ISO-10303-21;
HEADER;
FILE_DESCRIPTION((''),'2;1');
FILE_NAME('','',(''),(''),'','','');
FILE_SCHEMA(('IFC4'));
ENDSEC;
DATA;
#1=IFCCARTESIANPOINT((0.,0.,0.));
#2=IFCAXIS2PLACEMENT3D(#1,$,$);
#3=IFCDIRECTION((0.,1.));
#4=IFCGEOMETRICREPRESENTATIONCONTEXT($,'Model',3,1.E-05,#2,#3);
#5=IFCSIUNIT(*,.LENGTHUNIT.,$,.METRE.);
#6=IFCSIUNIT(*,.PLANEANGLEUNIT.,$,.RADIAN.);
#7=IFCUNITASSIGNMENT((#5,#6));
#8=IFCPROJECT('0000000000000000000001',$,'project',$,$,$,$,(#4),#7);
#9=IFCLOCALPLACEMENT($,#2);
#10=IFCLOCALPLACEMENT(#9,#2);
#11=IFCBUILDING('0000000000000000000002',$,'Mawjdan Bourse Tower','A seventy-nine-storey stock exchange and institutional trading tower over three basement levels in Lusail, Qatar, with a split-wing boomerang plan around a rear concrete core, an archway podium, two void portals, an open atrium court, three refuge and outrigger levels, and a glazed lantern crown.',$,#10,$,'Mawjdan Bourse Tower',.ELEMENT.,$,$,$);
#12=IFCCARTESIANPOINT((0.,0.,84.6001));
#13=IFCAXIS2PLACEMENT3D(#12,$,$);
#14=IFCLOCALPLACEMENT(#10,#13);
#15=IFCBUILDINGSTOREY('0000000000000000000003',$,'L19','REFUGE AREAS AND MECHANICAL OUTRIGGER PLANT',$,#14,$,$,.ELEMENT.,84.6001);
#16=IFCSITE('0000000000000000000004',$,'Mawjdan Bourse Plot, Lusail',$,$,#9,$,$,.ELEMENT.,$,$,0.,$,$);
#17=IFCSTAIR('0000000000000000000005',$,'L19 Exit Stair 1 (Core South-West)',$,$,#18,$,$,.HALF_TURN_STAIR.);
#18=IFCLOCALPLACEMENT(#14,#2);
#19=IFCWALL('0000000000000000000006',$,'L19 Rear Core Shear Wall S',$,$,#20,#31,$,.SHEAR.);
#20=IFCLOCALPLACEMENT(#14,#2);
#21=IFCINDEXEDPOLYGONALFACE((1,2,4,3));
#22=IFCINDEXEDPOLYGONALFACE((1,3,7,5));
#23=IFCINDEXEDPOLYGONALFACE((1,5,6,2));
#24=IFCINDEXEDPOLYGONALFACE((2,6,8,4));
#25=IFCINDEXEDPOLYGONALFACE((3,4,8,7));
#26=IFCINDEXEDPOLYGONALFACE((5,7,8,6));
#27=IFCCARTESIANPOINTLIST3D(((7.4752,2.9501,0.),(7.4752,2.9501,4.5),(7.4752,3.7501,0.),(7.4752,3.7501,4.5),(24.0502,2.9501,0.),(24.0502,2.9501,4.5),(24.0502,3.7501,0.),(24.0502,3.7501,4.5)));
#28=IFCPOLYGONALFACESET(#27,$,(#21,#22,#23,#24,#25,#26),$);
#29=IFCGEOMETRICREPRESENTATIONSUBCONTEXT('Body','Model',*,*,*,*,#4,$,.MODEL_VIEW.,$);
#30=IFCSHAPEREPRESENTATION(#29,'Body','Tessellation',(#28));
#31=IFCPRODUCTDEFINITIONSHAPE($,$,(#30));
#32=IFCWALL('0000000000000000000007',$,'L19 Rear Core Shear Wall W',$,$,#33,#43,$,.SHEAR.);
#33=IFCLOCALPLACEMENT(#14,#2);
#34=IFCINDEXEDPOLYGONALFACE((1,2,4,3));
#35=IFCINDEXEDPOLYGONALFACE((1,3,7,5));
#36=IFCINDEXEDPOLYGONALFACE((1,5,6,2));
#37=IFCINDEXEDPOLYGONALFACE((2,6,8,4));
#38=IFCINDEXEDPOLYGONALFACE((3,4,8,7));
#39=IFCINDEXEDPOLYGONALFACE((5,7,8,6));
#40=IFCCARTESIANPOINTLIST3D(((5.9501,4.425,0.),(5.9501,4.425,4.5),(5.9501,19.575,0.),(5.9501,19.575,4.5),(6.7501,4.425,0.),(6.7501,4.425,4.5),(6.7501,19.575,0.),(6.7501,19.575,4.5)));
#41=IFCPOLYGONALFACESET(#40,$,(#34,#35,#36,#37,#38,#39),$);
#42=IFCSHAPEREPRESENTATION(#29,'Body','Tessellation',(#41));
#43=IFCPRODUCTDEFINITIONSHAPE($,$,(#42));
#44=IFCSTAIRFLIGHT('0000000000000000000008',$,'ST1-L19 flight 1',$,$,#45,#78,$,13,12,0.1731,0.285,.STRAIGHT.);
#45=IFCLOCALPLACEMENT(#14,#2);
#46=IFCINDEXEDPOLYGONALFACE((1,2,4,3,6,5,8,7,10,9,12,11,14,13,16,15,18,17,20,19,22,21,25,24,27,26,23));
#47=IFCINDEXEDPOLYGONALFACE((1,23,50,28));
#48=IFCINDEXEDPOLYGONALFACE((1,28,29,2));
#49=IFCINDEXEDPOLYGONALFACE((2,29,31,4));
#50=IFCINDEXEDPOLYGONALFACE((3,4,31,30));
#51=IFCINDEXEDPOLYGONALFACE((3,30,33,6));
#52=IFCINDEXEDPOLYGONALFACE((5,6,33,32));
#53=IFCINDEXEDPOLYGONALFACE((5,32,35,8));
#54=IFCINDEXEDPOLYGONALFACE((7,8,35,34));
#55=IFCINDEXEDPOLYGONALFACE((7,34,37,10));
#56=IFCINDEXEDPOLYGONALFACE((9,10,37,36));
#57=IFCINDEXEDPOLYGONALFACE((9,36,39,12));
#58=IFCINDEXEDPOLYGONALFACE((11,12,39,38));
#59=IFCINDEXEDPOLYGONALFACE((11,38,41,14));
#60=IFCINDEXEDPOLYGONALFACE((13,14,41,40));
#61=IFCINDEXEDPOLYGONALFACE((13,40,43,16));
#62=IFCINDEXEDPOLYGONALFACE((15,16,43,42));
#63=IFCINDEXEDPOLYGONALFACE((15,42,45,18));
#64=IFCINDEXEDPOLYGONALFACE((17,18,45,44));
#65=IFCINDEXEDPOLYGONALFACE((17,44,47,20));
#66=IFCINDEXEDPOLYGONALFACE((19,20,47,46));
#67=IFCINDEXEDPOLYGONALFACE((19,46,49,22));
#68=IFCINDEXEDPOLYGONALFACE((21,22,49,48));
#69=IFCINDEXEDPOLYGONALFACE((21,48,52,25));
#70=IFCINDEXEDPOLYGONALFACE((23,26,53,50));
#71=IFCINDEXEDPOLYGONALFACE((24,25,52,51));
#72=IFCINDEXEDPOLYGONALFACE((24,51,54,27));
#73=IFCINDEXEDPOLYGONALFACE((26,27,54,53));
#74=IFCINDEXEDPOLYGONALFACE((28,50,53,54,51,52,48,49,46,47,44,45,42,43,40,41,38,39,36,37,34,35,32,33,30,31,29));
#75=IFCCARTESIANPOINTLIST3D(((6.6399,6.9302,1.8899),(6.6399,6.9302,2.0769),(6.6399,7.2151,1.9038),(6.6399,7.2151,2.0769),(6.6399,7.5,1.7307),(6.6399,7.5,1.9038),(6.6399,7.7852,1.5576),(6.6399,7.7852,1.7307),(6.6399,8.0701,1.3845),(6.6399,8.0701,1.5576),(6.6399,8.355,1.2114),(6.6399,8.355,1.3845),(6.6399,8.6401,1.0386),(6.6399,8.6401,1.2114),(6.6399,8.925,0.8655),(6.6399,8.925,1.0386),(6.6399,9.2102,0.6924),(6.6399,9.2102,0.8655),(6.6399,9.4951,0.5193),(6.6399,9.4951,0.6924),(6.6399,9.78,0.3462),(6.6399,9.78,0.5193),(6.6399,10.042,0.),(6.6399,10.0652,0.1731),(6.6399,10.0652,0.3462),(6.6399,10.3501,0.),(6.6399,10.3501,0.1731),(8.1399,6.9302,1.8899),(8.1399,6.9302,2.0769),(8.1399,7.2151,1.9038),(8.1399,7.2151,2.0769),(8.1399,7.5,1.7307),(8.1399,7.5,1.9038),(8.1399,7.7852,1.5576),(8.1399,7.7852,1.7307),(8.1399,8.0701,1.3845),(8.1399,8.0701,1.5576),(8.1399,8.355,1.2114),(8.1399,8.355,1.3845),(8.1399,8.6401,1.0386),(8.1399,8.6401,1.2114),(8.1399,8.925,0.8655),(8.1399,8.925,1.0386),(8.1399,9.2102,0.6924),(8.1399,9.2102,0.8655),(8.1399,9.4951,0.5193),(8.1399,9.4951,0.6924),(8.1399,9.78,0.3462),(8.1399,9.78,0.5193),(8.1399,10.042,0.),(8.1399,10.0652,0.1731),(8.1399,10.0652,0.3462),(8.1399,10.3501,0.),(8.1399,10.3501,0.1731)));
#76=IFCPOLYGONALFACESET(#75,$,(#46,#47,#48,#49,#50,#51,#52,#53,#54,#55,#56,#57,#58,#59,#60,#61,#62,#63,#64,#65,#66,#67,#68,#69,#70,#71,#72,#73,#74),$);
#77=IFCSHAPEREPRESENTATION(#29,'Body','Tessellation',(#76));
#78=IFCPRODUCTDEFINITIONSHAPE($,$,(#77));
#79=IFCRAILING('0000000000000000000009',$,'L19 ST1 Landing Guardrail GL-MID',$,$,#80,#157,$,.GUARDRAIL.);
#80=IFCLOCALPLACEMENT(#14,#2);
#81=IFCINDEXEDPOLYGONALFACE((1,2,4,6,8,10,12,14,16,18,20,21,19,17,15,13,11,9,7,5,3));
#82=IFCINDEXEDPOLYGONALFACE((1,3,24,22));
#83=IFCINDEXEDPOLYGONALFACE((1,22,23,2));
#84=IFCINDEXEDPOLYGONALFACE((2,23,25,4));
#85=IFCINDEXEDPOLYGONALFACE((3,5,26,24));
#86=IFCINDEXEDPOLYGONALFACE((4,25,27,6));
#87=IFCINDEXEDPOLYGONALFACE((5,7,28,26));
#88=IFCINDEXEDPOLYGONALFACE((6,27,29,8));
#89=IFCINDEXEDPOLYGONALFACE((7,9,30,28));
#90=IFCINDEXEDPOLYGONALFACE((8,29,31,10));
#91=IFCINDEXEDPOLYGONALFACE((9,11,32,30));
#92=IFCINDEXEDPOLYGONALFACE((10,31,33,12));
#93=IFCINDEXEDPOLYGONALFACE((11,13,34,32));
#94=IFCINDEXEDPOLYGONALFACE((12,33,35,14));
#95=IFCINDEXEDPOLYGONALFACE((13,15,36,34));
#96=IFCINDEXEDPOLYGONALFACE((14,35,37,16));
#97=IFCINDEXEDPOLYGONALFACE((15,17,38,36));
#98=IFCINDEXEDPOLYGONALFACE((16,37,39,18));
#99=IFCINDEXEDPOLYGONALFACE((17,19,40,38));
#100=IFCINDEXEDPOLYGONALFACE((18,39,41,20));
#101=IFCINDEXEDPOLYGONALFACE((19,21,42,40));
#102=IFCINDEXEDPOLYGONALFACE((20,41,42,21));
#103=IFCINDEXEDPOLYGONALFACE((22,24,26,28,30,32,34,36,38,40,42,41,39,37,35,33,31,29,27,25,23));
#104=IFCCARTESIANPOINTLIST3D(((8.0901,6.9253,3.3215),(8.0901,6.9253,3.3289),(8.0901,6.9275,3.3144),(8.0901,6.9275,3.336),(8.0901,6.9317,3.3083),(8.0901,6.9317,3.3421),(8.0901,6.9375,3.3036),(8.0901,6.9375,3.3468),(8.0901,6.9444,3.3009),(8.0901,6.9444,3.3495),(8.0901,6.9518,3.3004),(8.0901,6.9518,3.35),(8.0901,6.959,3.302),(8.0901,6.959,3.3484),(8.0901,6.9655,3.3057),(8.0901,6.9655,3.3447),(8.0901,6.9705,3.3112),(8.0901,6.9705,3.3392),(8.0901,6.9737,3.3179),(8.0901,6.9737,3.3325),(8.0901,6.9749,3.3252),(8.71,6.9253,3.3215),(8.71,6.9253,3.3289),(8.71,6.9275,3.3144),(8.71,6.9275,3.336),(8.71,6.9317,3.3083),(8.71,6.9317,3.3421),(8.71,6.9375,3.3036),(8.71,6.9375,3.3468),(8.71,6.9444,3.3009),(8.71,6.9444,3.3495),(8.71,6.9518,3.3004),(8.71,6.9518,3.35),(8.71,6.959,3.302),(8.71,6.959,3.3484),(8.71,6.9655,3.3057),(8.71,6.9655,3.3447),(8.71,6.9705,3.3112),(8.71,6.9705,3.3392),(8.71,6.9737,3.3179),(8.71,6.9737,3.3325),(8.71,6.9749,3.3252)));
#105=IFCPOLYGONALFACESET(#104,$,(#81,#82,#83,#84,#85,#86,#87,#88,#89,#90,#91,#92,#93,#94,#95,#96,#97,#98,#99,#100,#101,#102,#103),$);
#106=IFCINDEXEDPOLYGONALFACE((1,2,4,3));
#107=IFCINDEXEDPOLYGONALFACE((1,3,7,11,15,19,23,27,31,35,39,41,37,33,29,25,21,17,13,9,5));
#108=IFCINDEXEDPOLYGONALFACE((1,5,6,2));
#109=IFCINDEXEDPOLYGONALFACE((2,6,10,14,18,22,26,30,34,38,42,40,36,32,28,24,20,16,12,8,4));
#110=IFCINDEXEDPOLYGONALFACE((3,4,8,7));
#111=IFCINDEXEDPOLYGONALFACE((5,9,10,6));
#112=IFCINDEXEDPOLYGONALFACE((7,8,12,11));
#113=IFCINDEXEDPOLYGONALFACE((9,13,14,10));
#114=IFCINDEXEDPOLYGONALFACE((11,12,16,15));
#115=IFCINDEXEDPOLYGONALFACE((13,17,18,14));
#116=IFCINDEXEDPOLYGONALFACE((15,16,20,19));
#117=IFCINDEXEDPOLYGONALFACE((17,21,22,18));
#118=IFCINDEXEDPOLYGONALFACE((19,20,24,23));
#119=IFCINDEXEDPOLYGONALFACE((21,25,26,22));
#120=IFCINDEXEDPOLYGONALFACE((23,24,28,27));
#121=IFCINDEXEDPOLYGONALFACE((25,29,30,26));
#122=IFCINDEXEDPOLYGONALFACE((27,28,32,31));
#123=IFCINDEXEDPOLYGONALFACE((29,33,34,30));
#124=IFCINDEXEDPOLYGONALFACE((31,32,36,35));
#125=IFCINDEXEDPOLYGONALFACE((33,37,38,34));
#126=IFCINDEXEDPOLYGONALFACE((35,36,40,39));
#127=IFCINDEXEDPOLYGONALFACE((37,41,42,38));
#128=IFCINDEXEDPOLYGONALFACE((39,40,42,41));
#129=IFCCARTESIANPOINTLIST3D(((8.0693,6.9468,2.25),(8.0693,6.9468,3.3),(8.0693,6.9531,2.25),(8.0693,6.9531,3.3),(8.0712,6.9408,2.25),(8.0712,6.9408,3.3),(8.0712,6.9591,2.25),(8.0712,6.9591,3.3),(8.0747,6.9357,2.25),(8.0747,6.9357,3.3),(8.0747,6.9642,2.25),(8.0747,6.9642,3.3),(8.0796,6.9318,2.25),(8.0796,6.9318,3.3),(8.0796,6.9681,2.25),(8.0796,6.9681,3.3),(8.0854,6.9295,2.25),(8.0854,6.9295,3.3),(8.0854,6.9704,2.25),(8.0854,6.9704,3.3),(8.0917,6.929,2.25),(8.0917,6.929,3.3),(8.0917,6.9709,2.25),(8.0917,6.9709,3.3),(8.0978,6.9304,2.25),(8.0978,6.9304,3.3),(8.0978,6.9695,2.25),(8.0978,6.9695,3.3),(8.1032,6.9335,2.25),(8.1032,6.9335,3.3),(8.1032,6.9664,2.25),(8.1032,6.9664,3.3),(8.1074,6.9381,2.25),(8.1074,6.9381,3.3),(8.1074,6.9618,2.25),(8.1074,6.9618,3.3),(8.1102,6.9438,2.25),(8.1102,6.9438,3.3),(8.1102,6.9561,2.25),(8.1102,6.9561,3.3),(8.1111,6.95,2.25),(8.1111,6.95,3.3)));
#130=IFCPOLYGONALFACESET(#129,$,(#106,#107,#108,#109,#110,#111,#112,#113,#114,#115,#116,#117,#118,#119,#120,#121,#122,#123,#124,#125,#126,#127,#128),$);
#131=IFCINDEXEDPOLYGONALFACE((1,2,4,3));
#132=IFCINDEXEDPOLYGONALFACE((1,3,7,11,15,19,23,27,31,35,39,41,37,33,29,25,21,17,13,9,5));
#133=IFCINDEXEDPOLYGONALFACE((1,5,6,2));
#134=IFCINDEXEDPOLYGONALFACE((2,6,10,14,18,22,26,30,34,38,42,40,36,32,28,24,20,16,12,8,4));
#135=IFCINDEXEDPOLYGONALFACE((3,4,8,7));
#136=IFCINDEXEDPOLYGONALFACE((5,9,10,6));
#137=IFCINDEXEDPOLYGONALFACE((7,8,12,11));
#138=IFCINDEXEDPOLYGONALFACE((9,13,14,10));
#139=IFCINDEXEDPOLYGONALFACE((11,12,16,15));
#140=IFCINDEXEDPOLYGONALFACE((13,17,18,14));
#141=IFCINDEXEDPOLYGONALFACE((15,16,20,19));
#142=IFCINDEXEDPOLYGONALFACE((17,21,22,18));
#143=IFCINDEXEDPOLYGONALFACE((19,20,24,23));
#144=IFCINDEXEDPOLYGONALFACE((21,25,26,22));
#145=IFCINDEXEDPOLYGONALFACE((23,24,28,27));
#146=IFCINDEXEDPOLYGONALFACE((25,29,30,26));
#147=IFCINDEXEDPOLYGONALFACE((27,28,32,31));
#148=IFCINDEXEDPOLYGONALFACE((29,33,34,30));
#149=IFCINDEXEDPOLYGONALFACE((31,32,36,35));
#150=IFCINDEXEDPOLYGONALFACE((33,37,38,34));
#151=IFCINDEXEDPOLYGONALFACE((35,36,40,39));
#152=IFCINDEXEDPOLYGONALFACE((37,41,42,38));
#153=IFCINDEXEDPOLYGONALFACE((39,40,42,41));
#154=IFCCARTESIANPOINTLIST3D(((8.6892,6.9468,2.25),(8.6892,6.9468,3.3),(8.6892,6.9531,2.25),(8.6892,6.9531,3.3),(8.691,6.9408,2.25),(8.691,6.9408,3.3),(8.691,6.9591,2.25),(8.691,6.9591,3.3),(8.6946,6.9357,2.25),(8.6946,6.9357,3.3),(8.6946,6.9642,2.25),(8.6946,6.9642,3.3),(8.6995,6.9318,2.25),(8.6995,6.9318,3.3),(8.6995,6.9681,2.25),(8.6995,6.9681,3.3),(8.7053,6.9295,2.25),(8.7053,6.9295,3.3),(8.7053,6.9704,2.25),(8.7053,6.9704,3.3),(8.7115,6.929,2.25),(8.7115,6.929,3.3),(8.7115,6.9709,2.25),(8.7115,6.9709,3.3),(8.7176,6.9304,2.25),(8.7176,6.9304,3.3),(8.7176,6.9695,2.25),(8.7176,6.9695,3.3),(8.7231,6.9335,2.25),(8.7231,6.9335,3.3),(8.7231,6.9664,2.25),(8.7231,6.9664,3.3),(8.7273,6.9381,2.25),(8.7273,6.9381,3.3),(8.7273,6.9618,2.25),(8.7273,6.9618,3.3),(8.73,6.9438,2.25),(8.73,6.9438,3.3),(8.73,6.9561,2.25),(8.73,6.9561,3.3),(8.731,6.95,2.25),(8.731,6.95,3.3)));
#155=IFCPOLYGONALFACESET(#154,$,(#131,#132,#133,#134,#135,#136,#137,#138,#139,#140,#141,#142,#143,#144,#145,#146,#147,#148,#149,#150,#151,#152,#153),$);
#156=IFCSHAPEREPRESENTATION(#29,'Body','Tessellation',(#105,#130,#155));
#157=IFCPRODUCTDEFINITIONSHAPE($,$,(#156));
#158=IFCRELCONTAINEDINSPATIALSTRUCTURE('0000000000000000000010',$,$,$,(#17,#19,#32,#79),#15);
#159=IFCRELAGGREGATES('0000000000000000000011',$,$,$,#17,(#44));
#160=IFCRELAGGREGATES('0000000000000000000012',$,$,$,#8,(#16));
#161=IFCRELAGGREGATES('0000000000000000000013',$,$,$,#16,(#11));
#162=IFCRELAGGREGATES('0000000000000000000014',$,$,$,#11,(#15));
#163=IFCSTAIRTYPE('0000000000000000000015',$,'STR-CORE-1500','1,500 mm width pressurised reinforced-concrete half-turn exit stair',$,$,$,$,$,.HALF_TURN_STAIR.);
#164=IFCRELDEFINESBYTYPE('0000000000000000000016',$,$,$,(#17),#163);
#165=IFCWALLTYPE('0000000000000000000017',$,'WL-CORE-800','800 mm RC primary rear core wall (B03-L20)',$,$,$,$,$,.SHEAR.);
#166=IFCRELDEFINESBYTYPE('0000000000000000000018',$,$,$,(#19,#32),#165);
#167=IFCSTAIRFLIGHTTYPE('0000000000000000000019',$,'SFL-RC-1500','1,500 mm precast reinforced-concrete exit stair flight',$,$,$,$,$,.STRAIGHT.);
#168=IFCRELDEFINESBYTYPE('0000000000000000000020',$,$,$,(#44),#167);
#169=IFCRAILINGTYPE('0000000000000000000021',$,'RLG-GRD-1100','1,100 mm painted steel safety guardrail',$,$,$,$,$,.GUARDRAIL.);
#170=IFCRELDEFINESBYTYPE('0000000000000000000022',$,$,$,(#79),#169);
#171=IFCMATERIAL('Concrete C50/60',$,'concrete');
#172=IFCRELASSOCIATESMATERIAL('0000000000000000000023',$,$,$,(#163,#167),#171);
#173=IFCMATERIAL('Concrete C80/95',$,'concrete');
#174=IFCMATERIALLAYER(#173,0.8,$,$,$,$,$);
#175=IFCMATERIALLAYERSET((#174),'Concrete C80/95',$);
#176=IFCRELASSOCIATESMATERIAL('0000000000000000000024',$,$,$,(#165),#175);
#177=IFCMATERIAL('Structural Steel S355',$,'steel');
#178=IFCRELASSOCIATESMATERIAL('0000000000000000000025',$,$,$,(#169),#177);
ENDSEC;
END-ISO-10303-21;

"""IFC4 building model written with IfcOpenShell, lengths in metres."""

from ifc_helpers import new_model, si_unit, direction, frame, frame_2d, origin, origin_2d, place, context, subcontext, project, spatial, polyline, rectangle, circle, outline, extrude, material, layer, layer_set, type_object, element, aggregate, save


model = new_model("IFC4")

# Units and contexts
model_context = context("Model", 3, precision=1e-05, world=origin(), true_north=direction((0.0, 1.0)))
body_context = subcontext(model_context, "Body", "Model", "MODEL_VIEW")
ifc_project = project(units=[si_unit("LENGTHUNIT", "METRE"), si_unit("PLANEANGLEUNIT", "RADIAN")], contexts=[model_context])

# Site, building, storey
site_placement = place(None, origin())
site = spatial("IfcSite", under=ifc_project, at=site_placement, Name="Mawjdan Bourse Plot, Lusail", CompositionType="ELEMENT", RefElevation=0.0)
building_placement = place(site_placement, origin())
building = spatial("IfcBuilding", under=site, at=building_placement, Name="Mawjdan Bourse Tower", Description="A seventy-nine-storey stock exchange and institutional trading tower over three basement levels in Lusail, Qatar, with a split-wing boomerang plan around a rear concrete core, an archway podium, two void portals, an open atrium court, three refuge and outrigger levels, and a glazed lantern crown.", LongName="Mawjdan Bourse Tower", CompositionType="ELEMENT")
storey_placement = place(building_placement, frame((0.0, 0.0, 84.6001)))
storey = spatial("IfcBuildingStorey", under=building, at=storey_placement, Name="L19", Description="REFUGE AREAS AND MECHANICAL OUTRIGGER PLANT", CompositionType="ELEMENT", Elevation=84.6001)

# Stair
ifc_material_1 = material(Name="Concrete C50/60", Category="concrete")
stair_type = type_object("IfcStairType", Name="STR-CORE-1500", Description="1,500 mm width pressurised reinforced-concrete half-turn exit stair", PredefinedType="HALF_TURN_STAIR", material=ifc_material_1)
stair_1_placement = place(storey_placement, origin())
stair_1 = element("IfcStair", 1, at=stair_1_placement, inside=storey, type_object=stair_type, Name="L19 Exit Stair 1 (Core South-West)", PredefinedType="HALF_TURN_STAIR")

# Walls
ifc_material_2 = material(Name="Concrete C80/95", Category="concrete")
ifc_layer_1 = layer(ifc_material_2, 0.8)
ifc_layer_set_1 = layer_set([ifc_layer_1], Name="Concrete C80/95")
wall_type_1 = type_object("IfcWallType", Name="WL-CORE-800", Description="800 mm RC primary rear core wall (B03-L20)", PredefinedType="SHEAR", material=ifc_layer_set_1)
wall_1_placement = place(storey_placement, frame((7.4751, 3.3501, 0.0), z_axis=(0.0, 0.0, 1.0), x_axis=(1.0, 0.0, 0.0)))
element("IfcWall", 2, at=wall_1_placement, inside=storey, type_object=wall_type_1, Name="L19 Rear Core Shear Wall S", PredefinedType="SHEAR", context=body_context, shape_type="SweptSolid", body=[
    extrude(rectangle(XDim=16.575, YDim=0.8, at=frame_2d((8.2876, 0.0))), origin(), (0.0, 0.0, 1.0), 4.5),
])
wall_2_placement = place(storey_placement, frame((6.3501, 4.425, 0.0), z_axis=(0.0, 0.0, 1.0), x_axis=(0.0, 1.0, 0.0)))
element("IfcWall", 3, at=wall_2_placement, inside=storey, type_object=wall_type_1, Name="L19 Rear Core Shear Wall W", PredefinedType="SHEAR", context=body_context, shape_type="SweptSolid", body=[
    extrude(rectangle(XDim=15.1499, YDim=0.8, at=frame_2d((7.575, 0.0))), origin(), (0.0, 0.0, 1.0), 4.5),
])

# Stair flight
stair_flight_type = type_object("IfcStairFlightType", Name="SFL-RC-1500", Description="1,500 mm precast reinforced-concrete exit stair flight", PredefinedType="STRAIGHT", material=ifc_material_1)
stair_flight_placement = place(storey_placement, frame((7.3899, 10.3501, 0.0), z_axis=(0.0, 0.0, 1.0), x_axis=(0.0, -1.0, 0.0)))
stair_flight = element("IfcStairFlight", 4, at=stair_flight_placement, type_object=stair_flight_type, Name="ST1-L19 flight 1", NumberOfRisers=13, NumberOfTreads=12, PredefinedType="STRAIGHT", RiserHeight=0.1731, TreadLength=0.285, context=body_context, shape_type="SweptSolid", body=[
    extrude(outline(polyline([(0.0, 0.0), (0.0, 0.1731), (0.2849, 0.1731), (0.2849, 0.3462), (0.5701, 0.3462), (0.5701, 0.5193), (0.855, 0.5193), (0.855, 0.6924), (1.1399, 0.6924), (1.1399, 0.8655), (1.425, 0.8655), (1.425, 1.0386), (1.71, 1.0386), (1.71, 1.2114), (1.9951, 1.2114), (1.9951, 1.3845), (2.28, 1.3845), (2.28, 1.5576), (2.5649, 1.5576), (2.5649, 1.7307), (2.8501, 1.7307), (2.8501, 1.9038), (3.135, 1.9038), (3.135, 2.0769), (3.4199, 2.0769), (3.4199, 2.25), (3.4199, 1.8899), (0.3081, 0.0), (0.0, 0.0)])), frame((0.0, 0.75, 0.0), z_axis=(0.0, -1.0, 0.0), x_axis=(1.0, 0.0, 0.0)), (0.0, 0.0, 1.0), 1.5),
])
aggregate(stair_1, [stair_flight])

# Railing
ifc_material_3 = material(Name="Structural Steel S355", Category="steel")
railing_type_1 = type_object("IfcRailingType", Name="RLG-GRD-1100", Description="1,100 mm painted steel safety guardrail", PredefinedType="GUARDRAIL", material=ifc_material_3)
for number, where, name in (
    (5, (8.0901, 6.95, 2.25), "L19 ST1 Landing Guardrail GL-MID"),
):
    element("IfcRailing", number, at=place(storey_placement, frame(where)), inside=storey, type_object=railing_type_1, Name=name, PredefinedType="GUARDRAIL", context=body_context, shape_type="SweptSolid", body=[
        extrude(circle(Radius=0.0249, at=origin_2d()), frame((0.0, 0.0, 1.0752), z_axis=(1.0, 0.0, 0.0), x_axis=(0.0, 1.0, 0.0)), (0.0, 0.0, 1.0), 0.6199),
        extrude(circle(Radius=0.021, at=origin_2d()), origin(), (0.0, 0.0, 1.0), 1.05),
        extrude(circle(Radius=0.021, at=origin_2d()), frame((0.6199, 0.0, 0.0)), (0.0, 0.0, 1.0), 1.05),
    ])

save(model, "model.ifc")
